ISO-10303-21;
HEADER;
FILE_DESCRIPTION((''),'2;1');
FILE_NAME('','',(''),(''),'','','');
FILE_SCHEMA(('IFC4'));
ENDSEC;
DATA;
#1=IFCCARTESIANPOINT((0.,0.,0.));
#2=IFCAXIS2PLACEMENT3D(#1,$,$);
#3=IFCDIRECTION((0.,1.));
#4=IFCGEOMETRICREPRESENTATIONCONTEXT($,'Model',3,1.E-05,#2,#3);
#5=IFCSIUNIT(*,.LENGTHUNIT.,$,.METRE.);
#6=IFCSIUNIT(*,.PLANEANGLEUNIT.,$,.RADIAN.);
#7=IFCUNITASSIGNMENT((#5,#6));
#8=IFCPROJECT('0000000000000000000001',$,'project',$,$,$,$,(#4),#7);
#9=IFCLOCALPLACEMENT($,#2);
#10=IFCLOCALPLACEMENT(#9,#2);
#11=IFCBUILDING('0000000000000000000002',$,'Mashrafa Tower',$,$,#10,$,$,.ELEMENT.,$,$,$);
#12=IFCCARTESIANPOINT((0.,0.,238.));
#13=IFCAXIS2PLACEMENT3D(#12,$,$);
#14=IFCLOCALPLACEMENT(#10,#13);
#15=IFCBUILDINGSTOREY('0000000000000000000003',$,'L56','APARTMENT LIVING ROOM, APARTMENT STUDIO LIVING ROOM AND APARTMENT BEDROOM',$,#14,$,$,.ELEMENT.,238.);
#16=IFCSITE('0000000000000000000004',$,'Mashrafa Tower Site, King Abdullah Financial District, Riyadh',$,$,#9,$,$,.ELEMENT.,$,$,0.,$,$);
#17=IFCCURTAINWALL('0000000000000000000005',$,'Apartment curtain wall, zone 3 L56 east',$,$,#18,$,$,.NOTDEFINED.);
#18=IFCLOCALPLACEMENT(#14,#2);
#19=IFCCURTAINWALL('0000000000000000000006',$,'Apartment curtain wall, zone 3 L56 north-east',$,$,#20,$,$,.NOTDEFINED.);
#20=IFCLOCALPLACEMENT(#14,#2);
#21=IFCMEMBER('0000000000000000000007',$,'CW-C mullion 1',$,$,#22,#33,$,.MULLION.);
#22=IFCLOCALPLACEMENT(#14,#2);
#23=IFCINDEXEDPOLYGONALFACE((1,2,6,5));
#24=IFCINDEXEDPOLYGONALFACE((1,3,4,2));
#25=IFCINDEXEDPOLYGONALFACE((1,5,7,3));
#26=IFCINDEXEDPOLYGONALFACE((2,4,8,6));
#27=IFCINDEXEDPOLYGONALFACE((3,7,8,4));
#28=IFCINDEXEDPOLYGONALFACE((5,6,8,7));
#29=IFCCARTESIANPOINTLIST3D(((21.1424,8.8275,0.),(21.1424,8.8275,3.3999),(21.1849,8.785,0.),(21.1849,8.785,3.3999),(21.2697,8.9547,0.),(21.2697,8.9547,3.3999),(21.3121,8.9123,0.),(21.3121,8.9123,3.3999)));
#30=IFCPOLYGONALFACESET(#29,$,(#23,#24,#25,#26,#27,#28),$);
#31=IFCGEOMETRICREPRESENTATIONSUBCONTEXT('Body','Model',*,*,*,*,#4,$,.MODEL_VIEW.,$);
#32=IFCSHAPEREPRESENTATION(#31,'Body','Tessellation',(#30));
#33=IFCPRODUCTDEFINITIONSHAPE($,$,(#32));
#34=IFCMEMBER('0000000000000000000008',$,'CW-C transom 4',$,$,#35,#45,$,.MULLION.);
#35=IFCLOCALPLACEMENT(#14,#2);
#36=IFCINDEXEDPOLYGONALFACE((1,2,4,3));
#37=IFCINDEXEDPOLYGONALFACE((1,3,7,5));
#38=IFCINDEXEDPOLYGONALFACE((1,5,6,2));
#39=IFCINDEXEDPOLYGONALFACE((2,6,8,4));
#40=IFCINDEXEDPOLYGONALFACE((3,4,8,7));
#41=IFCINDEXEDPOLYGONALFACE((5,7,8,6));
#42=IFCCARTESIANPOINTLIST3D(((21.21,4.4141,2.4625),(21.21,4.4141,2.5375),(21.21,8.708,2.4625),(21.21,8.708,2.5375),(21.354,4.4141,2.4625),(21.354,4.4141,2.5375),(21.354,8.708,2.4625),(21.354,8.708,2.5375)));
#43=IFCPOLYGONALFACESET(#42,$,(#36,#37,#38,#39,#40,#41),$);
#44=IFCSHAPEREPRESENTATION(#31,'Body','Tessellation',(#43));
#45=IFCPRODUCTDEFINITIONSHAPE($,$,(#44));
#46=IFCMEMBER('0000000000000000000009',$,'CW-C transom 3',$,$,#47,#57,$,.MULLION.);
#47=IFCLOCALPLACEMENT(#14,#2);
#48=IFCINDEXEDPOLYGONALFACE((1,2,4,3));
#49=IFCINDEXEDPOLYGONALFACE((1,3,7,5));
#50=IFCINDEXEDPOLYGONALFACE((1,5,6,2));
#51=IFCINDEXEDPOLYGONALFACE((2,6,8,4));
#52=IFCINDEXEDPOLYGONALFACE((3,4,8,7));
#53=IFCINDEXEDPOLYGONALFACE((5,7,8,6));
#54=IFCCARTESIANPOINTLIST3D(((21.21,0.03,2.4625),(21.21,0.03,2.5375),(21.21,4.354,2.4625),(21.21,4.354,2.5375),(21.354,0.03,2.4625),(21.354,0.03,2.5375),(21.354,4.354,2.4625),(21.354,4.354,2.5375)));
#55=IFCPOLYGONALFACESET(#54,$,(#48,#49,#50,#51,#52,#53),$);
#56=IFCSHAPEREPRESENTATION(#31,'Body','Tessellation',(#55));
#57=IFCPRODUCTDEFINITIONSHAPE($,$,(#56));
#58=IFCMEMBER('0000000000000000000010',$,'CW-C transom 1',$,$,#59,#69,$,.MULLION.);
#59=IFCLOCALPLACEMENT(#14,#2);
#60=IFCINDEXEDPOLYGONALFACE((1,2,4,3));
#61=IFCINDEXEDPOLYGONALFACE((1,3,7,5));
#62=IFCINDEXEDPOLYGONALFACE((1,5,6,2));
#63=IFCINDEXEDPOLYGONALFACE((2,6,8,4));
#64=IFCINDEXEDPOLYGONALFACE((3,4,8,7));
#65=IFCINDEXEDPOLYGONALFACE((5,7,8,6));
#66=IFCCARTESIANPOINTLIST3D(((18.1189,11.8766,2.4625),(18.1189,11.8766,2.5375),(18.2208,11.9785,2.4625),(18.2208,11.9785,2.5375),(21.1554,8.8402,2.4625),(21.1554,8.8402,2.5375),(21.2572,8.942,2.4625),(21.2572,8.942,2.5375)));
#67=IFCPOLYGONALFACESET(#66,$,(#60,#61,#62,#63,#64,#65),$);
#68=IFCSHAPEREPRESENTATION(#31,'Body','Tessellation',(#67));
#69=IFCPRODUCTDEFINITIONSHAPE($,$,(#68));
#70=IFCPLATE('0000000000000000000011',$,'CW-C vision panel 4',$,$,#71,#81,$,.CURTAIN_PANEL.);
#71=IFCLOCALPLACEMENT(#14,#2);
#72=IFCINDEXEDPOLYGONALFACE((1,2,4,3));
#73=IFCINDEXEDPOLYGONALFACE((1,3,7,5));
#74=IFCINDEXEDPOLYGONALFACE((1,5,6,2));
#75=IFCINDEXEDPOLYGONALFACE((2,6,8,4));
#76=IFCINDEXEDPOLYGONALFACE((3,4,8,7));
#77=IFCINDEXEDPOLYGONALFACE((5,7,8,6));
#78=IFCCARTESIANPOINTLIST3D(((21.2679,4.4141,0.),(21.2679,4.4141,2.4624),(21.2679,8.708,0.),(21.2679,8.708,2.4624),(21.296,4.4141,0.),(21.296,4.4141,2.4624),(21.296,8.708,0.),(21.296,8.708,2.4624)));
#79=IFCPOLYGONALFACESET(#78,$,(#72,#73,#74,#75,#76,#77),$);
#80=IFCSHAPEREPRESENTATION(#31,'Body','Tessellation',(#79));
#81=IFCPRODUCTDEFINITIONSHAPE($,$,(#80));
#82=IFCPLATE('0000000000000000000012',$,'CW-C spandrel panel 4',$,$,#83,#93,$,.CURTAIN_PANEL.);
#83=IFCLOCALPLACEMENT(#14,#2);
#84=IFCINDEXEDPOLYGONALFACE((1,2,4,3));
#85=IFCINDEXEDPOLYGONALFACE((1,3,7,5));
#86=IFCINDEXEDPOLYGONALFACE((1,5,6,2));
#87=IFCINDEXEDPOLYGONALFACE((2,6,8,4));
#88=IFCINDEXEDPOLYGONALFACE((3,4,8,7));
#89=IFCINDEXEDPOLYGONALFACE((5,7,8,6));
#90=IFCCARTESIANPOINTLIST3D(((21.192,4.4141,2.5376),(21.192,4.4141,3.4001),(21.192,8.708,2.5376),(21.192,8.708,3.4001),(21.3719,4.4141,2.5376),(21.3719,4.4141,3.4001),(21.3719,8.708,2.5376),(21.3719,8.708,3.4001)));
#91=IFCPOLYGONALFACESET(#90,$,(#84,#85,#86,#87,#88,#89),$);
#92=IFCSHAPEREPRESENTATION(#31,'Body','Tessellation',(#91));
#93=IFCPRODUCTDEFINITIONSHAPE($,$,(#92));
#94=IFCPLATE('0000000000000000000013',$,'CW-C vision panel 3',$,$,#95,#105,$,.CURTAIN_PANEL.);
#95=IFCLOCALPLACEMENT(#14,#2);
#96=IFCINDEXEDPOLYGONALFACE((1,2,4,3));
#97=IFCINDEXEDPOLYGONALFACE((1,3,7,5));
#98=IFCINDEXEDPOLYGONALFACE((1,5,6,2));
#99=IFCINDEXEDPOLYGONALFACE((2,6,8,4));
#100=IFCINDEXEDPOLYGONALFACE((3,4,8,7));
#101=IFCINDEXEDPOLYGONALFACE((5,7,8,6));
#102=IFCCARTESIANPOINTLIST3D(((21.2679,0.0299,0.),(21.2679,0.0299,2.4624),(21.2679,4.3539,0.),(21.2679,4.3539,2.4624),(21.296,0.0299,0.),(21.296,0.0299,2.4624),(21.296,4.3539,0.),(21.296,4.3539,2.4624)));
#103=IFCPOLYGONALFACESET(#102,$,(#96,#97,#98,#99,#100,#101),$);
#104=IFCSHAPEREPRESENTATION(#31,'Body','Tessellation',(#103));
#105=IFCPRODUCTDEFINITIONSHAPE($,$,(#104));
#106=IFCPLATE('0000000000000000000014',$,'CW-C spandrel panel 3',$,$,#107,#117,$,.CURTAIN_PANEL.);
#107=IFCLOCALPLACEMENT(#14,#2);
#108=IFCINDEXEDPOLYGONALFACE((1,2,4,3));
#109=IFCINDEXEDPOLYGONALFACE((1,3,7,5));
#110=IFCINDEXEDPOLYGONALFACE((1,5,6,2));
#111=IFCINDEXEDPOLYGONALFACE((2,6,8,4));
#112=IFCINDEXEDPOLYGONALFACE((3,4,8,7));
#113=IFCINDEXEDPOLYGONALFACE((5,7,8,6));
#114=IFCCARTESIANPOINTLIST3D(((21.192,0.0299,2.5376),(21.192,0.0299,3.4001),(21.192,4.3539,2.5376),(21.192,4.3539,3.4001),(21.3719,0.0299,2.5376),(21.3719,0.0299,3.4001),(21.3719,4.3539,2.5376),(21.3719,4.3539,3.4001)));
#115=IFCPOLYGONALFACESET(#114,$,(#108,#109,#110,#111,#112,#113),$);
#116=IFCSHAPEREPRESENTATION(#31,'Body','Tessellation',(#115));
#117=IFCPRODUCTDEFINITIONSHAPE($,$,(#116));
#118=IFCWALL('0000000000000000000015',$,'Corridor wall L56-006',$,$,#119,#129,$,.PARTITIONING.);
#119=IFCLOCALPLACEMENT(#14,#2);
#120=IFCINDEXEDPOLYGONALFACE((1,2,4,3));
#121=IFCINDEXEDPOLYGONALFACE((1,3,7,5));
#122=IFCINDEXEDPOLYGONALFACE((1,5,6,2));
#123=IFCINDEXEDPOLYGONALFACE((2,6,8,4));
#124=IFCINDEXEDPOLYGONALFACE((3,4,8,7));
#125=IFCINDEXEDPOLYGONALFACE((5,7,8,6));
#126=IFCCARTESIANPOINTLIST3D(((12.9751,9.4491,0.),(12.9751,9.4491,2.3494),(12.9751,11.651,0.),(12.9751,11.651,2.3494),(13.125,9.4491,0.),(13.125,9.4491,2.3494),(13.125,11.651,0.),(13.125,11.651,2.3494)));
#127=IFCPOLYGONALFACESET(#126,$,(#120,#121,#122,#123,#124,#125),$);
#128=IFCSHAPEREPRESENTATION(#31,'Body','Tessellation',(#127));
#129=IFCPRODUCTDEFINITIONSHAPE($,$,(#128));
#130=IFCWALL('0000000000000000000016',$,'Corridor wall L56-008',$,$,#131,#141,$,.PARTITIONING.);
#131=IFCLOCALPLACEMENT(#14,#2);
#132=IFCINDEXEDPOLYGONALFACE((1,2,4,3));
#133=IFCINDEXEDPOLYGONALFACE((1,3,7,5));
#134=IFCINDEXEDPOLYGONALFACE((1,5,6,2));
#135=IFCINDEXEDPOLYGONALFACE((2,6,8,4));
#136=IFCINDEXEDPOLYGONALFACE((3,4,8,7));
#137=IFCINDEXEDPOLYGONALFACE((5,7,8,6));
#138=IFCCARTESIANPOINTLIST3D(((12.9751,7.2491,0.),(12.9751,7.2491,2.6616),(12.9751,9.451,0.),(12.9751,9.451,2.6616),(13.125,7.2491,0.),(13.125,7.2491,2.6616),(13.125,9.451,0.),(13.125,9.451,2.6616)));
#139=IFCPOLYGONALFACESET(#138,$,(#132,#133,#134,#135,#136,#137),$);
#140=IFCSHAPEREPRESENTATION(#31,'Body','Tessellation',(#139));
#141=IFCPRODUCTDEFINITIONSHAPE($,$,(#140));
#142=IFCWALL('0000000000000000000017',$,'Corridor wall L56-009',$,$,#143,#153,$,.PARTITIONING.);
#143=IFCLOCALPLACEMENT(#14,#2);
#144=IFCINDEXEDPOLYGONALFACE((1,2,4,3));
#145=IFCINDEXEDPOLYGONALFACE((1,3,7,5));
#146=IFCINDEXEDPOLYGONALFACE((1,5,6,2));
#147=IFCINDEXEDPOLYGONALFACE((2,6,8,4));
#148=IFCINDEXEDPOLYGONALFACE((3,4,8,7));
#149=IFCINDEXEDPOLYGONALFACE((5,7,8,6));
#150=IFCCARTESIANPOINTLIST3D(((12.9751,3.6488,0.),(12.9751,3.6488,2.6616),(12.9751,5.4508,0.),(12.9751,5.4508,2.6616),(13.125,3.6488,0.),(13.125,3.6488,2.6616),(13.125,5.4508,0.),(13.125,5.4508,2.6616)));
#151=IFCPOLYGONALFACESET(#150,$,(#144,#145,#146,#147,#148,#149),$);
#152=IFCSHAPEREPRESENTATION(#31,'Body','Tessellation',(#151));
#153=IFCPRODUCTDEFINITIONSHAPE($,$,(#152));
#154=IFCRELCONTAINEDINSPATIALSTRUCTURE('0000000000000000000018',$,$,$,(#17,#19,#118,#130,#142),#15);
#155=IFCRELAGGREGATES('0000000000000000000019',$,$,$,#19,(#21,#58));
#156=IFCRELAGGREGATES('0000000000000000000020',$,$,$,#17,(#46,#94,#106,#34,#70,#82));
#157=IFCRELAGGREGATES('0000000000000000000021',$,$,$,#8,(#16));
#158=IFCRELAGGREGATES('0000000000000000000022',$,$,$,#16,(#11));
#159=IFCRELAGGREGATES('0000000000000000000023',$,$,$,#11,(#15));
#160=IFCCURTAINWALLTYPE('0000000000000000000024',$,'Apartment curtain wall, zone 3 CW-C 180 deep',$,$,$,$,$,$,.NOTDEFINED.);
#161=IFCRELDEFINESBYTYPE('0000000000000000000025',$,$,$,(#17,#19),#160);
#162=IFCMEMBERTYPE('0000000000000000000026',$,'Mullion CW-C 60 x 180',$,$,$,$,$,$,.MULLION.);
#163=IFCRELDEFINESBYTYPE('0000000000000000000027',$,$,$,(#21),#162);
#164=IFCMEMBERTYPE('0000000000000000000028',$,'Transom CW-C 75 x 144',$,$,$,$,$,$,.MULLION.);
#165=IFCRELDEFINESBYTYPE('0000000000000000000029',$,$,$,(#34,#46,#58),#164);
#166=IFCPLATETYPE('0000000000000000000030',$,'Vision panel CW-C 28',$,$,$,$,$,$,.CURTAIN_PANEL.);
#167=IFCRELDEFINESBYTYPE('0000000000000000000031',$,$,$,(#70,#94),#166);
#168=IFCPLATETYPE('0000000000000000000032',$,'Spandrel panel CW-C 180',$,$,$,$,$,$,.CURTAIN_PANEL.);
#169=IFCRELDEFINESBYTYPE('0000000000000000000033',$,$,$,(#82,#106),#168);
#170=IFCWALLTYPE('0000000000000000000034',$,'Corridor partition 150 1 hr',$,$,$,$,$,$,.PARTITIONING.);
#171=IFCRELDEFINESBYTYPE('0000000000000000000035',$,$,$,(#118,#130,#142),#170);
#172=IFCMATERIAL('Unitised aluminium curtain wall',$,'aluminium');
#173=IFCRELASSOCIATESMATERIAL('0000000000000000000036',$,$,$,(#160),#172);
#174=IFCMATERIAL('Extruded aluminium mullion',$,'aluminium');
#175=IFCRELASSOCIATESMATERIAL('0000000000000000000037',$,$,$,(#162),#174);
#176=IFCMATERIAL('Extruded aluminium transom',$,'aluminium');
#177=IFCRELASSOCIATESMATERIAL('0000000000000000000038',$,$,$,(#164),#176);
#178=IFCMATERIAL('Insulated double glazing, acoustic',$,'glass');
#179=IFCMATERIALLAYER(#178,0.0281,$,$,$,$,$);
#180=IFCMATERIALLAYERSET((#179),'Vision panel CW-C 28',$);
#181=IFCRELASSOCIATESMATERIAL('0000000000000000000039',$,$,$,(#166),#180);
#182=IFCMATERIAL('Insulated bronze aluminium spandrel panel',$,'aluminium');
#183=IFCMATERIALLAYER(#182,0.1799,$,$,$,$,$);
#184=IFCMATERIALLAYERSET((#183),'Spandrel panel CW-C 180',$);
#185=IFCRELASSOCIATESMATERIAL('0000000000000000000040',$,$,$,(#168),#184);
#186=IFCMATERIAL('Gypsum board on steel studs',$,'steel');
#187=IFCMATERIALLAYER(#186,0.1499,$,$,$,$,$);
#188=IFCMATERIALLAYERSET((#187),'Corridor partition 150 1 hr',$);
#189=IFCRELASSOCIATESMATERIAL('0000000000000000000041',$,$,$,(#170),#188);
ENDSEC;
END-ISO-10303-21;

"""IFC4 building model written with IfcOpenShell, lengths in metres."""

from ifc_helpers import new_model, si_unit, direction, frame, frame_2d, origin, origin_2d, place, context, subcontext, project, spatial, rectangle, extrude, source, transform, mapped, material, layer, layer_set, material_profile, profile_set, type_object, type_shapes, element, aggregate, save


model = new_model("IFC4")

# Units and contexts
model_context = context("Model", 3, precision=1e-05, world=origin(), true_north=direction((0.0, 1.0)))
body_context = subcontext(model_context, "Body", "Model", "MODEL_VIEW")
ifc_project = project(units=[si_unit("LENGTHUNIT", "METRE"), si_unit("PLANEANGLEUNIT", "RADIAN")], contexts=[model_context])

# Site, building, storey
site_placement = place(None, origin())
site = spatial("IfcSite", under=ifc_project, at=site_placement, Name="Mashrafa Tower Site, King Abdullah Financial District, Riyadh", CompositionType="ELEMENT", RefElevation=0.0)
building_placement = place(site_placement, origin())
building = spatial("IfcBuilding", under=site, at=building_placement, Name="Mashrafa Tower", CompositionType="ELEMENT")
storey_placement = place(building_placement, frame((0.0, 0.0, 238.0)))
storey = spatial("IfcBuildingStorey", under=building, at=storey_placement, Name="L56", Description="APARTMENT LIVING ROOM, APARTMENT STUDIO LIVING ROOM AND APARTMENT BEDROOM", CompositionType="ELEMENT", Elevation=238.0)

# Curtain wall
ifc_material_1 = material(Name="Unitised aluminium curtain wall", Category="aluminium")
curtain_wall_type = type_object("IfcCurtainWallType", Name="Apartment curtain wall, zone 3 CW-C 180 deep", PredefinedType="NOTDEFINED", material=ifc_material_1)
curtain_wall_1_placement = place(storey_placement, origin())
curtain_wall_1 = element("IfcCurtainWall", 1, at=curtain_wall_1_placement, inside=storey, type_object=curtain_wall_type, Name="Apartment curtain wall, zone 3 L56 east", PredefinedType="NOTDEFINED")
ifc_material_2 = material(Name="Extruded aluminium mullion", Category="aluminium")
ifc_material_profile_1 = material_profile(ifc_material_2, rectangle(XDim=0.1799, YDim=0.0601, at=origin_2d()), Name="Mullion 60x180")
ifc_profile_set_1 = profile_set([ifc_material_profile_1], Name="Extruded aluminium mullion")
member_type_1 = type_object("IfcMemberType", Name="Mullion CW-C 60 x 180", PredefinedType="MULLION", material=ifc_profile_set_1)
shared_shape_1 = source(origin(), body_context, "Body", "SweptSolid", [
    extrude(rectangle(XDim=0.1799, YDim=0.0601, at=origin_2d()), origin(), (0.0, 0.0, 1.0), 3.3999),
])
type_shapes(member_type_1, [shared_shape_1])

# Curtain wall, member
curtain_wall_2_placement = place(storey_placement, origin())
curtain_wall_2 = element("IfcCurtainWall", 2, at=curtain_wall_2_placement, inside=storey, type_object=curtain_wall_type, Name="Apartment curtain wall, zone 3 L56 north-east", PredefinedType="NOTDEFINED")
member_1_placement = place(storey_placement, frame((21.2273, 8.8699, 0.0), z_axis=(0.0, 0.0, 1.0), x_axis=(-0.707107, -0.707107, 0.0)))
member_1 = element("IfcMember", 3, at=member_1_placement, type_object=member_type_1, Name="CW-C mullion 1", PredefinedType="MULLION", context=body_context, shape_type="MappedRepresentation", body=[
    mapped(shared_shape_1, transform((0.0, 0.0, 0.0))),
])

# Members
ifc_material_3 = material(Name="Extruded aluminium transom", Category="aluminium")
ifc_material_profile_2 = material_profile(ifc_material_3, rectangle(XDim=0.144, YDim=0.075, at=origin_2d()), Name="Transom 75x144")
ifc_profile_set_2 = profile_set([ifc_material_profile_2], Name="Extruded aluminium transom")
member_type_2 = type_object("IfcMemberType", Name="Transom CW-C 75 x 144", PredefinedType="MULLION", material=ifc_profile_set_2)
shared_shape_2 = source(origin(), body_context, "Body", "SweptSolid", [
    extrude(rectangle(XDim=0.144, YDim=0.075, at=origin_2d()), origin(), (0.0, 0.0, 1.0), 4.2939),
])
member_2_placement = place(storey_placement, frame((21.282, 4.4141, 2.5), z_axis=(0.0, 1.0, 0.0), x_axis=(-1.0, 0.0, 0.0)))
member_2 = element("IfcMember", 4, at=member_2_placement, type_object=member_type_2, Name="CW-C transom 4", PredefinedType="MULLION", context=body_context, shape_type="MappedRepresentation", body=[
    mapped(shared_shape_2, transform((0.0, 0.0, 0.0))),
])
shared_shape_3 = source(origin(), body_context, "Body", "SweptSolid", [
    extrude(rectangle(XDim=0.144, YDim=0.075, at=origin_2d()), origin(), (0.0, 0.0, 1.0), 4.324),
])
member_3_placement = place(storey_placement, frame((21.282, 0.03, 2.5), z_axis=(0.0, 1.0, 0.0), x_axis=(-1.0, 0.0, 0.0)))
member_3 = element("IfcMember", 5, at=member_3_placement, type_object=member_type_2, Name="CW-C transom 3", PredefinedType="MULLION", context=body_context, shape_type="MappedRepresentation", body=[
    mapped(shared_shape_3, transform((0.0, 0.0, 0.0))),
])
shared_shape_4 = source(origin(), body_context, "Body", "SweptSolid", [
    extrude(rectangle(XDim=0.144, YDim=0.075, at=origin_2d()), origin(), (0.0, 0.0, 1.0), 4.2942),
])
type_shapes(member_type_2, [shared_shape_2, shared_shape_3, shared_shape_4])
member_4_placement = place(storey_placement, frame((21.2063, 8.8911, 2.5), z_axis=(-0.707107, 0.707107, 0.0), x_axis=(-0.707107, -0.707107, 0.0)))
member_4 = element("IfcMember", 6, at=member_4_placement, type_object=member_type_2, Name="CW-C transom 1", PredefinedType="MULLION", context=body_context, shape_type="MappedRepresentation", body=[
    mapped(shared_shape_4, transform((0.0, 0.0, 0.0))),
])
aggregate(curtain_wall_2, [member_1, member_4])

# Plates
ifc_material_4 = material(Name="Insulated double glazing, acoustic", Category="glass")
ifc_layer_1 = layer(ifc_material_4, 0.0281)
ifc_layer_set_1 = layer_set([ifc_layer_1], Name="Vision panel CW-C 28")
plate_type_1 = type_object("IfcPlateType", Name="Vision panel CW-C 28", PredefinedType="CURTAIN_PANEL", material=ifc_layer_set_1)
shared_shape_5 = source(origin(), body_context, "Body", "SweptSolid", [
    extrude(rectangle(XDim=4.2939, YDim=0.0281, at=origin_2d()), origin(), (0.0, 0.0, 1.0), 2.4624),
])
plate_1_placement = place(storey_placement, frame((21.282, 6.561, 0.0), z_axis=(0.0, 0.0, 1.0), x_axis=(0.0, 1.0, 0.0)))
plate_1 = element("IfcPlate", 7, at=plate_1_placement, type_object=plate_type_1, Name="CW-C vision panel 4", PredefinedType="CURTAIN_PANEL", context=body_context, shape_type="MappedRepresentation", body=[
    mapped(shared_shape_5, transform((0.0, 0.0, 0.0))),
])
ifc_material_5 = material(Name="Insulated bronze aluminium spandrel panel", Category="aluminium")
ifc_layer_2 = layer(ifc_material_5, 0.1799)
ifc_layer_set_2 = layer_set([ifc_layer_2], Name="Spandrel panel CW-C 180")
plate_type_2 = type_object("IfcPlateType", Name="Spandrel panel CW-C 180", PredefinedType="CURTAIN_PANEL", material=ifc_layer_set_2)
shared_shape_6 = source(origin(), body_context, "Body", "SweptSolid", [
    extrude(rectangle(XDim=4.2939, YDim=0.1799, at=origin_2d()), origin(), (0.0, 0.0, 1.0), 0.8625),
])
plate_2_placement = place(storey_placement, frame((21.282, 6.561, 2.5376), z_axis=(0.0, 0.0, 1.0), x_axis=(0.0, 1.0, 0.0)))
plate_2 = element("IfcPlate", 8, at=plate_2_placement, type_object=plate_type_2, Name="CW-C spandrel panel 4", PredefinedType="CURTAIN_PANEL", context=body_context, shape_type="MappedRepresentation", body=[
    mapped(shared_shape_6, transform((0.0, 0.0, 0.0))),
])
shared_shape_7 = source(origin(), body_context, "Body", "SweptSolid", [
    extrude(rectangle(XDim=4.324, YDim=0.0281, at=origin_2d()), origin(), (0.0, 0.0, 1.0), 2.4624),
])
type_shapes(plate_type_1, [shared_shape_5, shared_shape_7])
plate_3_placement = place(storey_placement, frame((21.282, 2.1919, 0.0), z_axis=(0.0, 0.0, 1.0), x_axis=(0.0, 1.0, 0.0)))
plate_3 = element("IfcPlate", 9, at=plate_3_placement, type_object=plate_type_1, Name="CW-C vision panel 3", PredefinedType="CURTAIN_PANEL", context=body_context, shape_type="MappedRepresentation", body=[
    mapped(shared_shape_7, transform((0.0, 0.0, 0.0))),
])
shared_shape_8 = source(origin(), body_context, "Body", "SweptSolid", [
    extrude(rectangle(XDim=4.324, YDim=0.1799, at=origin_2d()), origin(), (0.0, 0.0, 1.0), 0.8625),
])
type_shapes(plate_type_2, [shared_shape_6, shared_shape_8])
plate_4_placement = place(storey_placement, frame((21.282, 2.1919, 2.5376), z_axis=(0.0, 0.0, 1.0), x_axis=(0.0, 1.0, 0.0)))
plate_4 = element("IfcPlate", 10, at=plate_4_placement, type_object=plate_type_2, Name="CW-C spandrel panel 3", PredefinedType="CURTAIN_PANEL", context=body_context, shape_type="MappedRepresentation", body=[
    mapped(shared_shape_8, transform((0.0, 0.0, 0.0))),
])
aggregate(curtain_wall_1, [member_3, plate_3, plate_4, member_2, plate_1, plate_2])

# Walls
ifc_material_6 = material(Name="Gypsum board on steel studs", Category="steel")
ifc_layer_3 = layer(ifc_material_6, 0.1499)
ifc_layer_set_3 = layer_set([ifc_layer_3], Name="Corridor partition 150 1 hr")
wall_type_1 = type_object("IfcWallType", Name="Corridor partition 150 1 hr", PredefinedType="PARTITIONING", material=ifc_layer_set_3)
wall_1_placement = place(storey_placement, frame((13.05, 9.449, 0.0), z_axis=(0.0, 0.0, 1.0), x_axis=(0.0, 1.0, 0.0)))
element("IfcWall", 11, at=wall_1_placement, inside=storey, type_object=wall_type_1, Name="Corridor wall L56-006", PredefinedType="PARTITIONING", context=body_context, shape_type="SweptSolid", body=[
    extrude(rectangle(XDim=2.2019, YDim=0.1499, at=frame_2d((1.1011, 0.0))), origin(), (0.0, 0.0, 1.0), 2.3494),
])
wall_2_placement = place(storey_placement, frame((13.05, 7.249, 0.0), z_axis=(0.0, 0.0, 1.0), x_axis=(0.0, 1.0, 0.0)))
element("IfcWall", 12, at=wall_2_placement, inside=storey, type_object=wall_type_1, Name="Corridor wall L56-008", PredefinedType="PARTITIONING", context=body_context, shape_type="SweptSolid", body=[
    extrude(rectangle(XDim=2.2019, YDim=0.1499, at=frame_2d((1.1011, 0.0))), origin(), (0.0, 0.0, 1.0), 2.6616),
])
wall_3_placement = place(storey_placement, frame((13.05, 3.6489, 0.0), z_axis=(0.0, 0.0, 1.0), x_axis=(0.0, 1.0, 0.0)))
element("IfcWall", 13, at=wall_3_placement, inside=storey, type_object=wall_type_1, Name="Corridor wall L56-009", PredefinedType="PARTITIONING", context=body_context, shape_type="SweptSolid", body=[
    extrude(rectangle(XDim=1.802, YDim=0.1499, at=frame_2d((0.9009, 0.0))), origin(), (0.0, 0.0, 1.0), 2.6616),
])

save(model, "model.ifc")
